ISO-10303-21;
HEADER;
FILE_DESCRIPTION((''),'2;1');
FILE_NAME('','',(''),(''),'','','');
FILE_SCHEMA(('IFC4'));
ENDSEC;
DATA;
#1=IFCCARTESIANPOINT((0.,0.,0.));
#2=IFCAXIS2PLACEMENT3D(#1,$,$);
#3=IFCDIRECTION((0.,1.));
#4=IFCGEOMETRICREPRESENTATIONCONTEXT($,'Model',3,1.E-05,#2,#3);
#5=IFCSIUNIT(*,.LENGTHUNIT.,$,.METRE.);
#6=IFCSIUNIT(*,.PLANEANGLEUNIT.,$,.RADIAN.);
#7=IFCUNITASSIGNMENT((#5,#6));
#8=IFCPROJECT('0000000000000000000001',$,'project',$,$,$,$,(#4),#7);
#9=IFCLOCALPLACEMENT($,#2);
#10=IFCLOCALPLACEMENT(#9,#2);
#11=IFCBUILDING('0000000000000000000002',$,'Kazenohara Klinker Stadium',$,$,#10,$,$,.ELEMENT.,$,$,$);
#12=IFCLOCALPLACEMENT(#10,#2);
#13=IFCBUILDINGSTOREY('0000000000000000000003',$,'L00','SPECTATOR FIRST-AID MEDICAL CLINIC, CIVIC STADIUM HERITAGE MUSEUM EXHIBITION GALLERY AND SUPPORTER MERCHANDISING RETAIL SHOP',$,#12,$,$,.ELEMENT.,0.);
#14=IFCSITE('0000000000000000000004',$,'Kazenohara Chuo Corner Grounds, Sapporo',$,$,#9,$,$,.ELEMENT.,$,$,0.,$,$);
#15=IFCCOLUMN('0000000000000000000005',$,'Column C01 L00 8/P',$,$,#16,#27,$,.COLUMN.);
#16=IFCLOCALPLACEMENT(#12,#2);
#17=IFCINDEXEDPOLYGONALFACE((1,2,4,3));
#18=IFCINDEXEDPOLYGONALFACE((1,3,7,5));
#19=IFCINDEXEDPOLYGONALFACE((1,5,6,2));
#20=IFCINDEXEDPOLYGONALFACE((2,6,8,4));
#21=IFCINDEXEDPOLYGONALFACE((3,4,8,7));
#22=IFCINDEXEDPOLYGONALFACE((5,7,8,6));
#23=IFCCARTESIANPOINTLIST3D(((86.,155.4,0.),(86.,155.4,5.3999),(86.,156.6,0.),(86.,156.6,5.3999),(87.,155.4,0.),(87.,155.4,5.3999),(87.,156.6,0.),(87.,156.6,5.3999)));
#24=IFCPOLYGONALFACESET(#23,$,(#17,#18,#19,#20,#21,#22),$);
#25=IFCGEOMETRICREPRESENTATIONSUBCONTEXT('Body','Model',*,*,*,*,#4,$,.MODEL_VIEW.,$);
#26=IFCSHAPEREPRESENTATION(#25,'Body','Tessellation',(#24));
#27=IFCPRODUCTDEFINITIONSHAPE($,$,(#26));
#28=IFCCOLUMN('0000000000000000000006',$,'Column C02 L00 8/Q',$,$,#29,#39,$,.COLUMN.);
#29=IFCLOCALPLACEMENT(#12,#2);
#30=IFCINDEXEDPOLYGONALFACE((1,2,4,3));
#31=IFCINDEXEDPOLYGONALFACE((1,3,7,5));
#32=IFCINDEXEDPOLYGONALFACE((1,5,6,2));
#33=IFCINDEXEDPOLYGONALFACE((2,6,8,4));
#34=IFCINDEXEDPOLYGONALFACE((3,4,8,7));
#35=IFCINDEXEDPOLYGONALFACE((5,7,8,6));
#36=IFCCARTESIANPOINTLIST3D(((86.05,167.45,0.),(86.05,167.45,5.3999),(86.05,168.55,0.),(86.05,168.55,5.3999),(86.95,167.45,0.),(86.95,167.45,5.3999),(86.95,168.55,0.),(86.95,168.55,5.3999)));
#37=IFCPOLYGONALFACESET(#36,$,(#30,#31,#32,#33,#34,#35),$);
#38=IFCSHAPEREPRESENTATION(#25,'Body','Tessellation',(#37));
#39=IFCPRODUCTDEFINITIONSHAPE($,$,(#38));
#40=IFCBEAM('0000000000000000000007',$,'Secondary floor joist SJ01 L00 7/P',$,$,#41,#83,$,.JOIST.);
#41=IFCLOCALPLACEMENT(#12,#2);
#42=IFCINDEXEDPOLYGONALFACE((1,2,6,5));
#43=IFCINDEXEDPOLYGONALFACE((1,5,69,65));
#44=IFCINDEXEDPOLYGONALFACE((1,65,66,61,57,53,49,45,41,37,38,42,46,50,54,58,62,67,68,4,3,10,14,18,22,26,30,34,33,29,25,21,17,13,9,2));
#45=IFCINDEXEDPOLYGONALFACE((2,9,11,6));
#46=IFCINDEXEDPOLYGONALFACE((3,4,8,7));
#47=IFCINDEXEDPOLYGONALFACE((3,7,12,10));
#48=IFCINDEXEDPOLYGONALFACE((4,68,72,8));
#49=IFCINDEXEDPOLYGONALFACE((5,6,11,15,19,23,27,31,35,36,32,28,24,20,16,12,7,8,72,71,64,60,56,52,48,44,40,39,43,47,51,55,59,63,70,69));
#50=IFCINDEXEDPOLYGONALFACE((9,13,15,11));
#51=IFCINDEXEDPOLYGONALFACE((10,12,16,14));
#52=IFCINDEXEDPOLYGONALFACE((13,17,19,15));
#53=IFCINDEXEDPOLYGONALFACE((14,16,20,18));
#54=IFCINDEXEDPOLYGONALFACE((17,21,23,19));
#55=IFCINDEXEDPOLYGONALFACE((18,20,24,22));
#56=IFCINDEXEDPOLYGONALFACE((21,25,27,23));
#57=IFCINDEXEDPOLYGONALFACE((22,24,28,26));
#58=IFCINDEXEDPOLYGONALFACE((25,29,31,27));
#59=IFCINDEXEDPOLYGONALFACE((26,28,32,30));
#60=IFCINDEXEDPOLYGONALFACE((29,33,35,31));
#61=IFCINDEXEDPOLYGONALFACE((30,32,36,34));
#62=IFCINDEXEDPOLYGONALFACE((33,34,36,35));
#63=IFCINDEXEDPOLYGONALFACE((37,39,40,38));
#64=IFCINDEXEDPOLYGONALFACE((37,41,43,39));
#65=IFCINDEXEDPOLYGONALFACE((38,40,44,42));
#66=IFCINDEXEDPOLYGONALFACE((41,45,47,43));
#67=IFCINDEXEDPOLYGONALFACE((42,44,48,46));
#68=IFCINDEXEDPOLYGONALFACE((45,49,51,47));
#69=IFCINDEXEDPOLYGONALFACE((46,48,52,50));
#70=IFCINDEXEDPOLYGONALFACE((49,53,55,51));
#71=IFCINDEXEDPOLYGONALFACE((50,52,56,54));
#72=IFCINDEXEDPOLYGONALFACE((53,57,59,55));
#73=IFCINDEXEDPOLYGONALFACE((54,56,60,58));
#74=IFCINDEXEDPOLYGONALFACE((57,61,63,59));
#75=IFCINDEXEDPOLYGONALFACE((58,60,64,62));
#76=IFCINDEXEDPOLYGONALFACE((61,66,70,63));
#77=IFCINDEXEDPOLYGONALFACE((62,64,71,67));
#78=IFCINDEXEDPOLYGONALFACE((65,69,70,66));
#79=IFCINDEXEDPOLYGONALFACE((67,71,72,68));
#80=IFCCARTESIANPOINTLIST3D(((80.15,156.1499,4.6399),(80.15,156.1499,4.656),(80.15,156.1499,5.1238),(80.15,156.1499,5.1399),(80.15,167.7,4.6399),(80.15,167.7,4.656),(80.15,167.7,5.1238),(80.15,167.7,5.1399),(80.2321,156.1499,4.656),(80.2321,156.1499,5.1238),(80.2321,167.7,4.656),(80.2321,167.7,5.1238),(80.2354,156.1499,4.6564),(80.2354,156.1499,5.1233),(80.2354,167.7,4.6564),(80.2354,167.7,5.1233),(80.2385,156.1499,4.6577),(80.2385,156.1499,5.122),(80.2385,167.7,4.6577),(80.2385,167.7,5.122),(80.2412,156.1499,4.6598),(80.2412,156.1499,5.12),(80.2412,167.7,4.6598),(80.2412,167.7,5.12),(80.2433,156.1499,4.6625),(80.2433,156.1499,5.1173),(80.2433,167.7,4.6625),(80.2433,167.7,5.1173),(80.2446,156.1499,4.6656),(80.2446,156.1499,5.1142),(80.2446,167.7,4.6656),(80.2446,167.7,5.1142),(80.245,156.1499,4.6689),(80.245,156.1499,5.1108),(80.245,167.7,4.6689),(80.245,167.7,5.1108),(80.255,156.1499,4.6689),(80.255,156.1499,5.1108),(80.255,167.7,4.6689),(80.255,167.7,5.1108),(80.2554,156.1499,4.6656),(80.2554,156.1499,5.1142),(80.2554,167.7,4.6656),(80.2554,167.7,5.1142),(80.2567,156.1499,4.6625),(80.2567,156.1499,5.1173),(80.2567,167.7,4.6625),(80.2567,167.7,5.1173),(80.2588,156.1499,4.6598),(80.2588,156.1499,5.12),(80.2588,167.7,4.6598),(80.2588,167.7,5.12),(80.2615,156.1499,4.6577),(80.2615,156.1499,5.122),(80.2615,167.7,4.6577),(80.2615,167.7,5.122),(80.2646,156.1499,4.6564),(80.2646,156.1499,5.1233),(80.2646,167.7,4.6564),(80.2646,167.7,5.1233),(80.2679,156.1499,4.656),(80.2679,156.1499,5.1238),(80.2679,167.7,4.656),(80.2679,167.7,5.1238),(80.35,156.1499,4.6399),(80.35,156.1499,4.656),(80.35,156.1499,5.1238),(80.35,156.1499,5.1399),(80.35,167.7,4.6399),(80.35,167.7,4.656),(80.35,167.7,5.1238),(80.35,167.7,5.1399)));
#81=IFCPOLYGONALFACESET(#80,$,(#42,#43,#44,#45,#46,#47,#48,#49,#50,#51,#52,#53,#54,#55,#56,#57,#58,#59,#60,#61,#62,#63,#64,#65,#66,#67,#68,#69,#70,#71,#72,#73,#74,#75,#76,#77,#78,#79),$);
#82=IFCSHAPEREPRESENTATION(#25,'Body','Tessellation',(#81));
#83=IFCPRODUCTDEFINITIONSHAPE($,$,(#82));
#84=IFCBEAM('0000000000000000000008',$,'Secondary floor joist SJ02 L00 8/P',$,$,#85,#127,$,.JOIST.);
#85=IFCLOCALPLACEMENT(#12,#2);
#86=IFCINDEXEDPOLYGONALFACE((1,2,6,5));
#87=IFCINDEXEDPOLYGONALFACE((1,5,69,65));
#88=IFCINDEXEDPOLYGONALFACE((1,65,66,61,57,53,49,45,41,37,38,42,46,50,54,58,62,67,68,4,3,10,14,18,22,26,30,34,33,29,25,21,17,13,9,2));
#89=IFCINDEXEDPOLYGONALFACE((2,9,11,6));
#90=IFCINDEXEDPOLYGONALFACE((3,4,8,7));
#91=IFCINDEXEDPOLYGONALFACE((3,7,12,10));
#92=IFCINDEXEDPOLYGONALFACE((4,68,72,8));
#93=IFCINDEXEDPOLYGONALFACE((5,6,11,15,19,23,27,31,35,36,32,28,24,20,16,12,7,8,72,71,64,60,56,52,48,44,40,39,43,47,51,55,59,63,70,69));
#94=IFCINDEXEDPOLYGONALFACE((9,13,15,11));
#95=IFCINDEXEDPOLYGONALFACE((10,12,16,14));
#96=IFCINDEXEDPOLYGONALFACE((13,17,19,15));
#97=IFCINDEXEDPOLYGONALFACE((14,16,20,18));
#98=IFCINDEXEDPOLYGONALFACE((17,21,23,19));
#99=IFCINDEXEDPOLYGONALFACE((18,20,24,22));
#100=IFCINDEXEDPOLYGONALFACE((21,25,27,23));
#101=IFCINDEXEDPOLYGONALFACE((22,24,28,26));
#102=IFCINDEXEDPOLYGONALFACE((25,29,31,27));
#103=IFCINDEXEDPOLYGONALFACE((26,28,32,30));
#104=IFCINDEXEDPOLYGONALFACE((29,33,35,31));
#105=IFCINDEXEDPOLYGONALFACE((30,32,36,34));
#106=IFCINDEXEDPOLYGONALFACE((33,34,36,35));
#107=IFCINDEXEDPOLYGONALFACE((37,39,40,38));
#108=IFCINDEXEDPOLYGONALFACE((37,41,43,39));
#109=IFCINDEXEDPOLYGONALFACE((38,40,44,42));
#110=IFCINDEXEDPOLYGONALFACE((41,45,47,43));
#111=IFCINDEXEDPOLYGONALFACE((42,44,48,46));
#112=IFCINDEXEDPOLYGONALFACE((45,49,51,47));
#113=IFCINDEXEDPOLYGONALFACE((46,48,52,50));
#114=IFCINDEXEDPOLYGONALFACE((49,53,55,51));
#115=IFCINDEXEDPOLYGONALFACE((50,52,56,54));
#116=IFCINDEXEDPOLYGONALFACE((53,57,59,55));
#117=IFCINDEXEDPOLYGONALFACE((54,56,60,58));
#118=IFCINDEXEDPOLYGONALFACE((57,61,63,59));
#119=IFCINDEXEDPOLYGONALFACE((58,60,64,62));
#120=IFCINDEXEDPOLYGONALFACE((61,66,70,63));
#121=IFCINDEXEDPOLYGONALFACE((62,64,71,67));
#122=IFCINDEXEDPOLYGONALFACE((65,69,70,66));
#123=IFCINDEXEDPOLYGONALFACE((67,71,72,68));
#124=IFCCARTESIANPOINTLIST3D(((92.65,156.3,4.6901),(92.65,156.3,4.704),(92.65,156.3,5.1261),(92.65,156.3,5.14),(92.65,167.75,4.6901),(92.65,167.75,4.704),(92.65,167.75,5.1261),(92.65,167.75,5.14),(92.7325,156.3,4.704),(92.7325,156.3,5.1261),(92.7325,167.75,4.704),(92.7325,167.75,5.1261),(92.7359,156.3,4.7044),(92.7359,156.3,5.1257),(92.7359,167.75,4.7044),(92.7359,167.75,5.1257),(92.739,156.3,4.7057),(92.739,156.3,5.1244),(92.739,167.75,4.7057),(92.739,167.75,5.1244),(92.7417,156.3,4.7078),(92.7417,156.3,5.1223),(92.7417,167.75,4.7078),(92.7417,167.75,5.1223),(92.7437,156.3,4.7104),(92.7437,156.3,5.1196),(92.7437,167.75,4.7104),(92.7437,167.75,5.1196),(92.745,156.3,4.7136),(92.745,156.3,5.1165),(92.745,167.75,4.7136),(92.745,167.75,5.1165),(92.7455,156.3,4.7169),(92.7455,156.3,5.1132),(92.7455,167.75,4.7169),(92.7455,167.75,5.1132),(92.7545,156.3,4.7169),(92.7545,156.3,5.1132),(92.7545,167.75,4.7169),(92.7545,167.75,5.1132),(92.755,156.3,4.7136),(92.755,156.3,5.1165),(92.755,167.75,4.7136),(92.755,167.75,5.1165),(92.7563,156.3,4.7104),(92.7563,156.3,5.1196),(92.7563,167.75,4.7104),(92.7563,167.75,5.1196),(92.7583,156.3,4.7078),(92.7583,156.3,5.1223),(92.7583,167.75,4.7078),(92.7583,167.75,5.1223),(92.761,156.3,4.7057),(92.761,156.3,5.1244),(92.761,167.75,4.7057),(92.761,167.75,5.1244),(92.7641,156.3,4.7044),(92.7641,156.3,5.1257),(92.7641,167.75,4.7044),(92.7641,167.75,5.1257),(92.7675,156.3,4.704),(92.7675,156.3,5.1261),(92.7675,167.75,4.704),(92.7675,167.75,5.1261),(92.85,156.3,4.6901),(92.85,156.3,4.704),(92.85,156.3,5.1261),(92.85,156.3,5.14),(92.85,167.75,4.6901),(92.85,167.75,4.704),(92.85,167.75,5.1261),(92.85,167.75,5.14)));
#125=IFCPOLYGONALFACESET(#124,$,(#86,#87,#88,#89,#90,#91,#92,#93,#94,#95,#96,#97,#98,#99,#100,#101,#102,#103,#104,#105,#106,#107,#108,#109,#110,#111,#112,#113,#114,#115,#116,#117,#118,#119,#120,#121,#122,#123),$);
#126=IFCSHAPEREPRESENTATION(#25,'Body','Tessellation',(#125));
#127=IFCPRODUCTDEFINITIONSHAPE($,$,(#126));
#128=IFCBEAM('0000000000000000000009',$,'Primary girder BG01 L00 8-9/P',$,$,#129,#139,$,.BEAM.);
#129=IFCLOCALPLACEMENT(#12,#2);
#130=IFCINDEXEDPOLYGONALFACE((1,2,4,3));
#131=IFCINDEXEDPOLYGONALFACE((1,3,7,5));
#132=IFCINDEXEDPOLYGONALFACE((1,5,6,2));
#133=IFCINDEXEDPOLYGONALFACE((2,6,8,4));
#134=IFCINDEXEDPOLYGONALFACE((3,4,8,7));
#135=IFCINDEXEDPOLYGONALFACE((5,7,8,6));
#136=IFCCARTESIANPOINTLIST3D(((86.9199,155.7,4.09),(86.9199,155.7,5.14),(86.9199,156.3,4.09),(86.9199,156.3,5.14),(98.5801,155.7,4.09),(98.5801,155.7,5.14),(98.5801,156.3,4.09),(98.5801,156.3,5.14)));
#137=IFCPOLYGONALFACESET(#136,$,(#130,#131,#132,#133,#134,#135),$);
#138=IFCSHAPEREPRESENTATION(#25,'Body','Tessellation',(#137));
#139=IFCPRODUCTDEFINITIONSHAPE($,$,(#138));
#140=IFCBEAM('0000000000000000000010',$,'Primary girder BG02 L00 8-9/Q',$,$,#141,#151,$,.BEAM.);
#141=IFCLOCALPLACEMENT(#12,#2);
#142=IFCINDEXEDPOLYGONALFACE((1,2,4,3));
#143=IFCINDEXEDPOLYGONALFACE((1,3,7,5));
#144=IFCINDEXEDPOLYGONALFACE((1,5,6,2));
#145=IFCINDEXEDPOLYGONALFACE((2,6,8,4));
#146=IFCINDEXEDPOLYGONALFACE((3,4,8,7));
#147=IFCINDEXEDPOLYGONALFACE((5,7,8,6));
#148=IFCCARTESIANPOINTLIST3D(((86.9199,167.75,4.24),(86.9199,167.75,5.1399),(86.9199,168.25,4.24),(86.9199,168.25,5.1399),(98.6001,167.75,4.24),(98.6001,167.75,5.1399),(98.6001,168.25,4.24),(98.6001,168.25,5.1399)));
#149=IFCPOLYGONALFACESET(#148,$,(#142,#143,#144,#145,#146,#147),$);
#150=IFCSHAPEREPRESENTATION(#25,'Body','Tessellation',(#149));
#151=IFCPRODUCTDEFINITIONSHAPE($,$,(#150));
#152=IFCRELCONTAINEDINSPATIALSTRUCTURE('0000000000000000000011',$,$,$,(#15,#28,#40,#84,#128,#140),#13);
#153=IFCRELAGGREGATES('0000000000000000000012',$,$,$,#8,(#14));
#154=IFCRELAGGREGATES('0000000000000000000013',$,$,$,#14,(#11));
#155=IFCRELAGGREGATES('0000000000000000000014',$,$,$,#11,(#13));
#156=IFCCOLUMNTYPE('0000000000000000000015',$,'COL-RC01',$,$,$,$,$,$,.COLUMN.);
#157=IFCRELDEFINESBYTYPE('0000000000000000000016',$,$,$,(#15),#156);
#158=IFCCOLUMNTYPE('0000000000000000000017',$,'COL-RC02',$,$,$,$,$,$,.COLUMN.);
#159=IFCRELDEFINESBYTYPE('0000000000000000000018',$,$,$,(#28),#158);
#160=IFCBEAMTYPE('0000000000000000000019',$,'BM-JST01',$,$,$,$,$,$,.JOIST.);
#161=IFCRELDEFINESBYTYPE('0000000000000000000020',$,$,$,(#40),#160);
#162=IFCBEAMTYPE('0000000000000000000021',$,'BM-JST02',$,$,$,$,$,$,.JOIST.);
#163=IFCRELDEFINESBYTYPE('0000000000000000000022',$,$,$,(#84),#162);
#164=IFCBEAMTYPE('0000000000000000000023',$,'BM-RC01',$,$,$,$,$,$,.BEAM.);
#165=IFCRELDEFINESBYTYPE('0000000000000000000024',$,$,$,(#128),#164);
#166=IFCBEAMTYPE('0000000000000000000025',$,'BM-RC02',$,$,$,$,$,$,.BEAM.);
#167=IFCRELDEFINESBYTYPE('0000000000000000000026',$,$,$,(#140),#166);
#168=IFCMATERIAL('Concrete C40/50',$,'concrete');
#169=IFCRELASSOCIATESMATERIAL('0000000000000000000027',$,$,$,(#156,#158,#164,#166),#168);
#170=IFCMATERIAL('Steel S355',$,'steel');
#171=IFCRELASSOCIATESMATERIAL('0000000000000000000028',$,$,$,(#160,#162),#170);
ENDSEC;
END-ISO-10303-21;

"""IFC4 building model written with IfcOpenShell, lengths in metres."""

from ifc_helpers import new_model, si_unit, direction, frame, origin, origin_2d, place, context, subcontext, project, spatial, rectangle, i_section, extrude, material, material_profile, profile_set, type_object, element, save


model = new_model("IFC4")

# Units and contexts
model_context = context("Model", 3, precision=1e-05, world=origin(), true_north=direction((0.0, 1.0)))
body_context = subcontext(model_context, "Body", "Model", "MODEL_VIEW")
ifc_project = project(units=[si_unit("LENGTHUNIT", "METRE"), si_unit("PLANEANGLEUNIT", "RADIAN")], contexts=[model_context])

# Site, building, storey
site_placement = place(None, origin())
site = spatial("IfcSite", under=ifc_project, at=site_placement, Name="Kazenohara Chuo Corner Grounds, Sapporo", CompositionType="ELEMENT", RefElevation=0.0)
building_placement = place(site_placement, origin())
building = spatial("IfcBuilding", under=site, at=building_placement, Name="Kazenohara Klinker Stadium", CompositionType="ELEMENT")
storey_placement = place(building_placement, origin())
storey = spatial("IfcBuildingStorey", under=building, at=storey_placement, Name="L00", Description="SPECTATOR FIRST-AID MEDICAL CLINIC, CIVIC STADIUM HERITAGE MUSEUM EXHIBITION GALLERY AND SUPPORTER MERCHANDISING RETAIL SHOP", CompositionType="ELEMENT", Elevation=0.0)

# Columns
ifc_material_1 = material(Name="Concrete C40/50", Category="concrete")
ifc_material_profile_1 = material_profile(ifc_material_1, rectangle(XDim=1.0, YDim=1.2, at=origin_2d()), Name="RC-COL-1200x1000")
ifc_profile_set_1 = profile_set([ifc_material_profile_1], Name="Concrete C40/50")
column_type_1 = type_object("IfcColumnType", Name="COL-RC01", PredefinedType="COLUMN", material=ifc_profile_set_1)
column_1_placement = place(storey_placement, frame((86.5, 156.0, 0.0), z_axis=(0.0, 0.0, 1.0), x_axis=(1.0, 0.0, 0.0)))
element("IfcColumn", 1, at=column_1_placement, inside=storey, type_object=column_type_1, Name="Column C01 L00 8/P", PredefinedType="COLUMN", context=body_context, shape_type="SweptSolid", body=[
    extrude(rectangle(XDim=1.0, YDim=1.2, at=origin_2d()), origin(), (0.0, 0.0, 1.0), 5.3999),
])
ifc_material_profile_2 = material_profile(ifc_material_1, rectangle(XDim=0.8999, YDim=1.1001, at=origin_2d()), Name="RC-COL-1100x900")
ifc_profile_set_2 = profile_set([ifc_material_profile_2], Name="Concrete C40/50")
column_type_2 = type_object("IfcColumnType", Name="COL-RC02", PredefinedType="COLUMN", material=ifc_profile_set_2)
column_2_placement = place(storey_placement, frame((86.5, 168.0, 0.0), z_axis=(0.0, 0.0, 1.0), x_axis=(1.0, 0.0, 0.0)))
element("IfcColumn", 2, at=column_2_placement, inside=storey, type_object=column_type_2, Name="Column C02 L00 8/Q", PredefinedType="COLUMN", context=body_context, shape_type="SweptSolid", body=[
    extrude(rectangle(XDim=0.8999, YDim=1.1001, at=origin_2d()), origin(), (0.0, 0.0, 1.0), 5.3999),
])

# Beams
ifc_material_2 = material(Name="Steel S355", Category="steel")
ifc_material_profile_3 = material_profile(ifc_material_2, i_section(OverallWidth=0.2, OverallDepth=0.5, WebThickness=0.01, FlangeThickness=0.0161, FilletRadius=0.0129, at=origin_2d()), Name="H-500x200x10x16")
ifc_profile_set_3 = profile_set([ifc_material_profile_3], Name="Steel S355")
beam_type_1 = type_object("IfcBeamType", Name="BM-JST01", PredefinedType="JOIST", material=ifc_profile_set_3)
beam_1_placement = place(storey_placement, frame((80.25, 156.1499, 4.8899), z_axis=(0.0, 1.0, 0.0), x_axis=(-1.0, 0.0, 0.0)))
element("IfcBeam", 3, at=beam_1_placement, inside=storey, type_object=beam_type_1, Name="Secondary floor joist SJ01 L00 7/P", PredefinedType="JOIST", context=body_context, shape_type="SweptSolid", body=[
    extrude(i_section(OverallWidth=0.2, OverallDepth=0.5, WebThickness=0.01, FlangeThickness=0.0161, FilletRadius=0.0129, at=origin_2d()), origin(), (0.0, 0.0, 1.0), 11.55),
])
ifc_material_profile_4 = material_profile(ifc_material_2, i_section(OverallWidth=0.2, OverallDepth=0.45, WebThickness=0.009, FlangeThickness=0.0139, FilletRadius=0.0129, at=origin_2d()), Name="H-450x200x9x14")
ifc_profile_set_4 = profile_set([ifc_material_profile_4], Name="Steel S355")
beam_type_2 = type_object("IfcBeamType", Name="BM-JST02", PredefinedType="JOIST", material=ifc_profile_set_4)
beam_2_placement = place(storey_placement, frame((92.75, 156.3, 4.915), z_axis=(0.0, 1.0, 0.0), x_axis=(-1.0, 0.0, 0.0)))
element("IfcBeam", 4, at=beam_2_placement, inside=storey, type_object=beam_type_2, Name="Secondary floor joist SJ02 L00 8/P", PredefinedType="JOIST", context=body_context, shape_type="SweptSolid", body=[
    extrude(i_section(OverallWidth=0.2, OverallDepth=0.45, WebThickness=0.009, FlangeThickness=0.0139, FilletRadius=0.0129, at=origin_2d()), origin(), (0.0, 0.0, 1.0), 11.45),
])
ifc_material_profile_5 = material_profile(ifc_material_1, rectangle(XDim=0.6001, YDim=1.05, at=origin_2d()), Name="RC-BM-600x1050")
ifc_profile_set_5 = profile_set([ifc_material_profile_5], Name="Concrete C40/50")
beam_type_3 = type_object("IfcBeamType", Name="BM-RC01", PredefinedType="BEAM", material=ifc_profile_set_5)
beam_3_placement = place(storey_placement, frame((86.9199, 156.0, 4.615), z_axis=(1.0, 0.0, 0.0), x_axis=(0.0, 1.0, 0.0)))
element("IfcBeam", 5, at=beam_3_placement, inside=storey, type_object=beam_type_3, Name="Primary girder BG01 L00 8-9/P", PredefinedType="BEAM", context=body_context, shape_type="SweptSolid", body=[
    extrude(rectangle(XDim=0.6001, YDim=1.05, at=origin_2d()), origin(), (0.0, 0.0, 1.0), 11.6602),
])
ifc_material_profile_6 = material_profile(ifc_material_1, rectangle(XDim=0.5, YDim=0.8999, at=origin_2d()), Name="RC-BM-500x900")
ifc_profile_set_6 = profile_set([ifc_material_profile_6], Name="Concrete C40/50")
beam_type_4 = type_object("IfcBeamType", Name="BM-RC02", PredefinedType="BEAM", material=ifc_profile_set_6)
beam_4_placement = place(storey_placement, frame((86.9199, 168.0, 4.6899), z_axis=(1.0, 0.0, 0.0), x_axis=(0.0, 1.0, 0.0)))
element("IfcBeam", 6, at=beam_4_placement, inside=storey, type_object=beam_type_4, Name="Primary girder BG02 L00 8-9/Q", PredefinedType="BEAM", context=body_context, shape_type="SweptSolid", body=[
    extrude(rectangle(XDim=0.5, YDim=0.8999, at=origin_2d()), origin(), (0.0, 0.0, 1.0), 11.6802),
])

save(model, "model.ifc")
